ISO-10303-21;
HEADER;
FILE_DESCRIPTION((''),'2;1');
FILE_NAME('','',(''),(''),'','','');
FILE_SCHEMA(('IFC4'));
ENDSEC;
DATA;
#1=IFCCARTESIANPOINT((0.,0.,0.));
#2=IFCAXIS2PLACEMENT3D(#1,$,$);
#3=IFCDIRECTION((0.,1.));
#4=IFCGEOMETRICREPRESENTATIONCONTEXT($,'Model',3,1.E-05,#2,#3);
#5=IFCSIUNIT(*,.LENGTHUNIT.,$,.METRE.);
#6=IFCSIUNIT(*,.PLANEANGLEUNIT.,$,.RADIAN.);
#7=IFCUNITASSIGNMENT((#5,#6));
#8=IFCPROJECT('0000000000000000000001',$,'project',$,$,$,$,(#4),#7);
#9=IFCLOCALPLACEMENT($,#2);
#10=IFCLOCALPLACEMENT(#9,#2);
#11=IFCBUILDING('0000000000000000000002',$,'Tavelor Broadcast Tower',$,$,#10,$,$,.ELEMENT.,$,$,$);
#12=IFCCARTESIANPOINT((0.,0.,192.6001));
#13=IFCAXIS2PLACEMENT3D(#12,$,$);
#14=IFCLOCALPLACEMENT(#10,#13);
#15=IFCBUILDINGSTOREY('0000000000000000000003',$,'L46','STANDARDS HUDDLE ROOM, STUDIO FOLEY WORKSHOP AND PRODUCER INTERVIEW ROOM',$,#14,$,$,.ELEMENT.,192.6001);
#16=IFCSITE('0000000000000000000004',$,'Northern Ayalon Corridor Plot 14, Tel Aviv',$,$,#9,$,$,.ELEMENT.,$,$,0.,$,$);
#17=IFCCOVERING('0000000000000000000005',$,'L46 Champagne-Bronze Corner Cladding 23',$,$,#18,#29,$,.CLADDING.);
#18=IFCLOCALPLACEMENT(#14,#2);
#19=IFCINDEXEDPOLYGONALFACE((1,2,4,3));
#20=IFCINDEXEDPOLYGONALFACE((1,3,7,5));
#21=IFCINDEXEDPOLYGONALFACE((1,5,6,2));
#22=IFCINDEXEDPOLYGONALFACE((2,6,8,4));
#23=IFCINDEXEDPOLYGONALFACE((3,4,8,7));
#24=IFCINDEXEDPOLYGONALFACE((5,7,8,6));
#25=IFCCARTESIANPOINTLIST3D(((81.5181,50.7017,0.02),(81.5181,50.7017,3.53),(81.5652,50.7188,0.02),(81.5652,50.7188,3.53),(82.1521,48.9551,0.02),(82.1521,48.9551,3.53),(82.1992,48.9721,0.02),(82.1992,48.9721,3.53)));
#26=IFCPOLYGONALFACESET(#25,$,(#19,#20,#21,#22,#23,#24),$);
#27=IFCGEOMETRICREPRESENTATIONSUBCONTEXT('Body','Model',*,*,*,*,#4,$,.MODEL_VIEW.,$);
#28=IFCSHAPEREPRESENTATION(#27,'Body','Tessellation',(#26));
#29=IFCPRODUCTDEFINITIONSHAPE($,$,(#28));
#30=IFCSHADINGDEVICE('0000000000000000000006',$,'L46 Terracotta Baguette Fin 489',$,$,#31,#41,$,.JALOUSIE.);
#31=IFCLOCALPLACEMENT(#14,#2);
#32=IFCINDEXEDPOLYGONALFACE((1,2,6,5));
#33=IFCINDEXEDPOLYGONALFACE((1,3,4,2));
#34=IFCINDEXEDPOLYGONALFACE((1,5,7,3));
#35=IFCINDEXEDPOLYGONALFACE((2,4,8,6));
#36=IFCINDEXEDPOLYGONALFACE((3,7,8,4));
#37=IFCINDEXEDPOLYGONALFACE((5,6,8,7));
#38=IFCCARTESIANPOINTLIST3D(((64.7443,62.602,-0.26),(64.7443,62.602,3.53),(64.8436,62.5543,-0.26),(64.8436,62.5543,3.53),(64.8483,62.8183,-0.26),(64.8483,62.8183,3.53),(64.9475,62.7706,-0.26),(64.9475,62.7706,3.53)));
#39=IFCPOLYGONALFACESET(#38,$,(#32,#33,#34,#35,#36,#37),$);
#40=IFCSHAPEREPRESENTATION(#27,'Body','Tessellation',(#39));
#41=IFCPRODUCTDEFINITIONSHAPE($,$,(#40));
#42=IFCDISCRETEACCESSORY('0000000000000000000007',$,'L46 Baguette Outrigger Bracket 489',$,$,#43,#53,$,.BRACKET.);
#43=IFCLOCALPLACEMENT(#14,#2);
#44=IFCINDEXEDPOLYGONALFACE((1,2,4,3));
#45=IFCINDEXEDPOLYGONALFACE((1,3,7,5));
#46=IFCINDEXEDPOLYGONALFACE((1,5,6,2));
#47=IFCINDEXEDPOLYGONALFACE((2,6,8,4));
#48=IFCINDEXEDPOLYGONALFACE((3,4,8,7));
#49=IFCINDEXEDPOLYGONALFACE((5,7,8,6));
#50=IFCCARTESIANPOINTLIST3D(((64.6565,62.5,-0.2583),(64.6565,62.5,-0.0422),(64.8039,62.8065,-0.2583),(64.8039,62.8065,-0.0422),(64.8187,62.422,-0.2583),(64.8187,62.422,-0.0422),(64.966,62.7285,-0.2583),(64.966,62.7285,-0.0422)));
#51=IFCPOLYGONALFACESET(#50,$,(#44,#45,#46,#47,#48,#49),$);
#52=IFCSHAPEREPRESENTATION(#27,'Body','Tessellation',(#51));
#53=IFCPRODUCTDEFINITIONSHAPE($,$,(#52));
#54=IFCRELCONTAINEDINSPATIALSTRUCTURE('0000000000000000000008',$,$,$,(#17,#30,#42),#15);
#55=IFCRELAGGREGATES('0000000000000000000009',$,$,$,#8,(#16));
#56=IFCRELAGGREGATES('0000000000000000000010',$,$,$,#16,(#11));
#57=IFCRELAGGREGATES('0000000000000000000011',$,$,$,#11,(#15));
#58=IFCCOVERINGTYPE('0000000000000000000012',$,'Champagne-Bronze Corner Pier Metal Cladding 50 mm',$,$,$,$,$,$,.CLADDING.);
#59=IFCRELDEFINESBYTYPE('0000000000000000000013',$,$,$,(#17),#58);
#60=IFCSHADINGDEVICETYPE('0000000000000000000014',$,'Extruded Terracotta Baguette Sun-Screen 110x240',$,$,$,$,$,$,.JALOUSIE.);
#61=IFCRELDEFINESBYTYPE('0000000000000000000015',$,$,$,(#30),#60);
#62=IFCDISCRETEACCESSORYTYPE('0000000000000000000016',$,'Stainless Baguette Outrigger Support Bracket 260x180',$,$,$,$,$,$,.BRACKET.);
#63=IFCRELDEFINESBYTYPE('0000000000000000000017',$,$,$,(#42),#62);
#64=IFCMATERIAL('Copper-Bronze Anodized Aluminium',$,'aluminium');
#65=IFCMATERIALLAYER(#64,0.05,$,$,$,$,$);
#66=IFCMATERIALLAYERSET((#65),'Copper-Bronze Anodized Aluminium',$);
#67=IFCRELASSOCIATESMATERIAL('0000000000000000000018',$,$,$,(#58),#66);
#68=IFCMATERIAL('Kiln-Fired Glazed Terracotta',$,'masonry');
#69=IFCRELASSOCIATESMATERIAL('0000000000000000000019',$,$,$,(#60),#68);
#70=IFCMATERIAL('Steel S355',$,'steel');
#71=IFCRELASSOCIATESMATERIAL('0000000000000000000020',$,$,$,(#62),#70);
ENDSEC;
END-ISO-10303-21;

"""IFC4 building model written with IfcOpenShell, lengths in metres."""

from ifc_helpers import new_model, si_unit, direction, frame, origin, origin_2d, place, context, subcontext, project, spatial, rectangle, extrude, source, transform, mapped, material, layer, layer_set, type_object, type_shapes, element, save


model = new_model("IFC4")

# Units and contexts
model_context = context("Model", 3, precision=1e-05, world=origin(), true_north=direction((0.0, 1.0)))
body_context = subcontext(model_context, "Body", "Model", "MODEL_VIEW")
ifc_project = project(units=[si_unit("LENGTHUNIT", "METRE"), si_unit("PLANEANGLEUNIT", "RADIAN")], contexts=[model_context])

# Site, building, storey
site_placement = place(None, origin())
site = spatial("IfcSite", under=ifc_project, at=site_placement, Name="Northern Ayalon Corridor Plot 14, Tel Aviv", CompositionType="ELEMENT", RefElevation=0.0)
building_placement = place(site_placement, origin())
building = spatial("IfcBuilding", under=site, at=building_placement, Name="Tavelor Broadcast Tower", CompositionType="ELEMENT")
storey_placement = place(building_placement, frame((0.0, 0.0, 192.6001)))
storey = spatial("IfcBuildingStorey", under=building, at=storey_placement, Name="L46", Description="STANDARDS HUDDLE ROOM, STUDIO FOLEY WORKSHOP AND PRODUCER INTERVIEW ROOM", CompositionType="ELEMENT", Elevation=192.6001)

# Shared definitions
ifc_material_1 = material(Name="Steel S355", Category="steel")

# Covering
ifc_material_2 = material(Name="Copper-Bronze Anodized Aluminium", Category="aluminium")
ifc_layer_1 = layer(ifc_material_2, 0.05)
ifc_layer_set_1 = layer_set([ifc_layer_1], Name="Copper-Bronze Anodized Aluminium")
covering_type = type_object("IfcCoveringType", Name="Champagne-Bronze Corner Pier Metal Cladding 50 mm", PredefinedType="CLADDING", material=ifc_layer_set_1)
covering_placement = place(storey_placement, frame((81.8586, 49.8369, 0.02), z_axis=(0.0, 0.0, 1.0), x_axis=(-0.3412, 0.939991, 0.0)))
element("IfcCovering", 1, at=covering_placement, inside=storey, type_object=covering_type, Name="L46 Champagne-Bronze Corner Cladding 23", PredefinedType="CLADDING", context=body_context, shape_type="SweptSolid", body=[
    extrude(rectangle(XDim=1.8582, YDim=0.05, at=origin_2d()), origin(), (0.0, 0.0, 1.0), 3.51),
])

# Shading device
ifc_material_3 = material(Name="Kiln-Fired Glazed Terracotta", Category="masonry")
shading_device_type = type_object("IfcShadingDeviceType", Name="Extruded Terracotta Baguette Sun-Screen 110x240", PredefinedType="JALOUSIE", material=ifc_material_3)
shared_shape_1 = source(origin(), body_context, "Body", "SweptSolid", [
    extrude(rectangle(XDim=0.1101, YDim=0.24, at=origin_2d()), origin(), (0.0, 0.0, 1.0), 3.79),
])
type_shapes(shading_device_type, [shared_shape_1])
shading_device_placement = place(storey_placement, frame((64.8459, 62.6863, -0.26), z_axis=(0.0, 0.0, 1.0), x_axis=(-0.901304, 0.433187, 0.0)))
element("IfcShadingDevice", 2, at=shading_device_placement, inside=storey, type_object=shading_device_type, Name="L46 Terracotta Baguette Fin 489", PredefinedType="JALOUSIE", context=body_context, shape_type="MappedRepresentation", body=[
    mapped(shared_shape_1, transform((0.0, 0.0, 0.0), scale=1.0)),
])

# Discrete accessory
discrete_accessory_type = type_object("IfcDiscreteAccessoryType", Name="Stainless Baguette Outrigger Support Bracket 260x180", PredefinedType="BRACKET", material=ifc_material_1)
shared_shape_2 = source(origin(), body_context, "Body", "SweptSolid", [
    extrude(rectangle(XDim=0.1799, YDim=0.3401, at=origin_2d()), origin(), (0.0, 0.0, 1.0), 0.2161),
])
type_shapes(discrete_accessory_type, [shared_shape_2])
discrete_accessory_placement = place(storey_placement, frame((64.8113, 62.6143, -0.2583), z_axis=(0.0, 0.0, 1.0), x_axis=(-0.901304, 0.433187, 0.0)))
element("IfcDiscreteAccessory", 3, at=discrete_accessory_placement, inside=storey, type_object=discrete_accessory_type, Name="L46 Baguette Outrigger Bracket 489", PredefinedType="BRACKET", context=body_context, shape_type="MappedRepresentation", body=[
    mapped(shared_shape_2, transform((0.0, 0.0, 0.0), scale=1.0)),
])

save(model, "model.ifc")
